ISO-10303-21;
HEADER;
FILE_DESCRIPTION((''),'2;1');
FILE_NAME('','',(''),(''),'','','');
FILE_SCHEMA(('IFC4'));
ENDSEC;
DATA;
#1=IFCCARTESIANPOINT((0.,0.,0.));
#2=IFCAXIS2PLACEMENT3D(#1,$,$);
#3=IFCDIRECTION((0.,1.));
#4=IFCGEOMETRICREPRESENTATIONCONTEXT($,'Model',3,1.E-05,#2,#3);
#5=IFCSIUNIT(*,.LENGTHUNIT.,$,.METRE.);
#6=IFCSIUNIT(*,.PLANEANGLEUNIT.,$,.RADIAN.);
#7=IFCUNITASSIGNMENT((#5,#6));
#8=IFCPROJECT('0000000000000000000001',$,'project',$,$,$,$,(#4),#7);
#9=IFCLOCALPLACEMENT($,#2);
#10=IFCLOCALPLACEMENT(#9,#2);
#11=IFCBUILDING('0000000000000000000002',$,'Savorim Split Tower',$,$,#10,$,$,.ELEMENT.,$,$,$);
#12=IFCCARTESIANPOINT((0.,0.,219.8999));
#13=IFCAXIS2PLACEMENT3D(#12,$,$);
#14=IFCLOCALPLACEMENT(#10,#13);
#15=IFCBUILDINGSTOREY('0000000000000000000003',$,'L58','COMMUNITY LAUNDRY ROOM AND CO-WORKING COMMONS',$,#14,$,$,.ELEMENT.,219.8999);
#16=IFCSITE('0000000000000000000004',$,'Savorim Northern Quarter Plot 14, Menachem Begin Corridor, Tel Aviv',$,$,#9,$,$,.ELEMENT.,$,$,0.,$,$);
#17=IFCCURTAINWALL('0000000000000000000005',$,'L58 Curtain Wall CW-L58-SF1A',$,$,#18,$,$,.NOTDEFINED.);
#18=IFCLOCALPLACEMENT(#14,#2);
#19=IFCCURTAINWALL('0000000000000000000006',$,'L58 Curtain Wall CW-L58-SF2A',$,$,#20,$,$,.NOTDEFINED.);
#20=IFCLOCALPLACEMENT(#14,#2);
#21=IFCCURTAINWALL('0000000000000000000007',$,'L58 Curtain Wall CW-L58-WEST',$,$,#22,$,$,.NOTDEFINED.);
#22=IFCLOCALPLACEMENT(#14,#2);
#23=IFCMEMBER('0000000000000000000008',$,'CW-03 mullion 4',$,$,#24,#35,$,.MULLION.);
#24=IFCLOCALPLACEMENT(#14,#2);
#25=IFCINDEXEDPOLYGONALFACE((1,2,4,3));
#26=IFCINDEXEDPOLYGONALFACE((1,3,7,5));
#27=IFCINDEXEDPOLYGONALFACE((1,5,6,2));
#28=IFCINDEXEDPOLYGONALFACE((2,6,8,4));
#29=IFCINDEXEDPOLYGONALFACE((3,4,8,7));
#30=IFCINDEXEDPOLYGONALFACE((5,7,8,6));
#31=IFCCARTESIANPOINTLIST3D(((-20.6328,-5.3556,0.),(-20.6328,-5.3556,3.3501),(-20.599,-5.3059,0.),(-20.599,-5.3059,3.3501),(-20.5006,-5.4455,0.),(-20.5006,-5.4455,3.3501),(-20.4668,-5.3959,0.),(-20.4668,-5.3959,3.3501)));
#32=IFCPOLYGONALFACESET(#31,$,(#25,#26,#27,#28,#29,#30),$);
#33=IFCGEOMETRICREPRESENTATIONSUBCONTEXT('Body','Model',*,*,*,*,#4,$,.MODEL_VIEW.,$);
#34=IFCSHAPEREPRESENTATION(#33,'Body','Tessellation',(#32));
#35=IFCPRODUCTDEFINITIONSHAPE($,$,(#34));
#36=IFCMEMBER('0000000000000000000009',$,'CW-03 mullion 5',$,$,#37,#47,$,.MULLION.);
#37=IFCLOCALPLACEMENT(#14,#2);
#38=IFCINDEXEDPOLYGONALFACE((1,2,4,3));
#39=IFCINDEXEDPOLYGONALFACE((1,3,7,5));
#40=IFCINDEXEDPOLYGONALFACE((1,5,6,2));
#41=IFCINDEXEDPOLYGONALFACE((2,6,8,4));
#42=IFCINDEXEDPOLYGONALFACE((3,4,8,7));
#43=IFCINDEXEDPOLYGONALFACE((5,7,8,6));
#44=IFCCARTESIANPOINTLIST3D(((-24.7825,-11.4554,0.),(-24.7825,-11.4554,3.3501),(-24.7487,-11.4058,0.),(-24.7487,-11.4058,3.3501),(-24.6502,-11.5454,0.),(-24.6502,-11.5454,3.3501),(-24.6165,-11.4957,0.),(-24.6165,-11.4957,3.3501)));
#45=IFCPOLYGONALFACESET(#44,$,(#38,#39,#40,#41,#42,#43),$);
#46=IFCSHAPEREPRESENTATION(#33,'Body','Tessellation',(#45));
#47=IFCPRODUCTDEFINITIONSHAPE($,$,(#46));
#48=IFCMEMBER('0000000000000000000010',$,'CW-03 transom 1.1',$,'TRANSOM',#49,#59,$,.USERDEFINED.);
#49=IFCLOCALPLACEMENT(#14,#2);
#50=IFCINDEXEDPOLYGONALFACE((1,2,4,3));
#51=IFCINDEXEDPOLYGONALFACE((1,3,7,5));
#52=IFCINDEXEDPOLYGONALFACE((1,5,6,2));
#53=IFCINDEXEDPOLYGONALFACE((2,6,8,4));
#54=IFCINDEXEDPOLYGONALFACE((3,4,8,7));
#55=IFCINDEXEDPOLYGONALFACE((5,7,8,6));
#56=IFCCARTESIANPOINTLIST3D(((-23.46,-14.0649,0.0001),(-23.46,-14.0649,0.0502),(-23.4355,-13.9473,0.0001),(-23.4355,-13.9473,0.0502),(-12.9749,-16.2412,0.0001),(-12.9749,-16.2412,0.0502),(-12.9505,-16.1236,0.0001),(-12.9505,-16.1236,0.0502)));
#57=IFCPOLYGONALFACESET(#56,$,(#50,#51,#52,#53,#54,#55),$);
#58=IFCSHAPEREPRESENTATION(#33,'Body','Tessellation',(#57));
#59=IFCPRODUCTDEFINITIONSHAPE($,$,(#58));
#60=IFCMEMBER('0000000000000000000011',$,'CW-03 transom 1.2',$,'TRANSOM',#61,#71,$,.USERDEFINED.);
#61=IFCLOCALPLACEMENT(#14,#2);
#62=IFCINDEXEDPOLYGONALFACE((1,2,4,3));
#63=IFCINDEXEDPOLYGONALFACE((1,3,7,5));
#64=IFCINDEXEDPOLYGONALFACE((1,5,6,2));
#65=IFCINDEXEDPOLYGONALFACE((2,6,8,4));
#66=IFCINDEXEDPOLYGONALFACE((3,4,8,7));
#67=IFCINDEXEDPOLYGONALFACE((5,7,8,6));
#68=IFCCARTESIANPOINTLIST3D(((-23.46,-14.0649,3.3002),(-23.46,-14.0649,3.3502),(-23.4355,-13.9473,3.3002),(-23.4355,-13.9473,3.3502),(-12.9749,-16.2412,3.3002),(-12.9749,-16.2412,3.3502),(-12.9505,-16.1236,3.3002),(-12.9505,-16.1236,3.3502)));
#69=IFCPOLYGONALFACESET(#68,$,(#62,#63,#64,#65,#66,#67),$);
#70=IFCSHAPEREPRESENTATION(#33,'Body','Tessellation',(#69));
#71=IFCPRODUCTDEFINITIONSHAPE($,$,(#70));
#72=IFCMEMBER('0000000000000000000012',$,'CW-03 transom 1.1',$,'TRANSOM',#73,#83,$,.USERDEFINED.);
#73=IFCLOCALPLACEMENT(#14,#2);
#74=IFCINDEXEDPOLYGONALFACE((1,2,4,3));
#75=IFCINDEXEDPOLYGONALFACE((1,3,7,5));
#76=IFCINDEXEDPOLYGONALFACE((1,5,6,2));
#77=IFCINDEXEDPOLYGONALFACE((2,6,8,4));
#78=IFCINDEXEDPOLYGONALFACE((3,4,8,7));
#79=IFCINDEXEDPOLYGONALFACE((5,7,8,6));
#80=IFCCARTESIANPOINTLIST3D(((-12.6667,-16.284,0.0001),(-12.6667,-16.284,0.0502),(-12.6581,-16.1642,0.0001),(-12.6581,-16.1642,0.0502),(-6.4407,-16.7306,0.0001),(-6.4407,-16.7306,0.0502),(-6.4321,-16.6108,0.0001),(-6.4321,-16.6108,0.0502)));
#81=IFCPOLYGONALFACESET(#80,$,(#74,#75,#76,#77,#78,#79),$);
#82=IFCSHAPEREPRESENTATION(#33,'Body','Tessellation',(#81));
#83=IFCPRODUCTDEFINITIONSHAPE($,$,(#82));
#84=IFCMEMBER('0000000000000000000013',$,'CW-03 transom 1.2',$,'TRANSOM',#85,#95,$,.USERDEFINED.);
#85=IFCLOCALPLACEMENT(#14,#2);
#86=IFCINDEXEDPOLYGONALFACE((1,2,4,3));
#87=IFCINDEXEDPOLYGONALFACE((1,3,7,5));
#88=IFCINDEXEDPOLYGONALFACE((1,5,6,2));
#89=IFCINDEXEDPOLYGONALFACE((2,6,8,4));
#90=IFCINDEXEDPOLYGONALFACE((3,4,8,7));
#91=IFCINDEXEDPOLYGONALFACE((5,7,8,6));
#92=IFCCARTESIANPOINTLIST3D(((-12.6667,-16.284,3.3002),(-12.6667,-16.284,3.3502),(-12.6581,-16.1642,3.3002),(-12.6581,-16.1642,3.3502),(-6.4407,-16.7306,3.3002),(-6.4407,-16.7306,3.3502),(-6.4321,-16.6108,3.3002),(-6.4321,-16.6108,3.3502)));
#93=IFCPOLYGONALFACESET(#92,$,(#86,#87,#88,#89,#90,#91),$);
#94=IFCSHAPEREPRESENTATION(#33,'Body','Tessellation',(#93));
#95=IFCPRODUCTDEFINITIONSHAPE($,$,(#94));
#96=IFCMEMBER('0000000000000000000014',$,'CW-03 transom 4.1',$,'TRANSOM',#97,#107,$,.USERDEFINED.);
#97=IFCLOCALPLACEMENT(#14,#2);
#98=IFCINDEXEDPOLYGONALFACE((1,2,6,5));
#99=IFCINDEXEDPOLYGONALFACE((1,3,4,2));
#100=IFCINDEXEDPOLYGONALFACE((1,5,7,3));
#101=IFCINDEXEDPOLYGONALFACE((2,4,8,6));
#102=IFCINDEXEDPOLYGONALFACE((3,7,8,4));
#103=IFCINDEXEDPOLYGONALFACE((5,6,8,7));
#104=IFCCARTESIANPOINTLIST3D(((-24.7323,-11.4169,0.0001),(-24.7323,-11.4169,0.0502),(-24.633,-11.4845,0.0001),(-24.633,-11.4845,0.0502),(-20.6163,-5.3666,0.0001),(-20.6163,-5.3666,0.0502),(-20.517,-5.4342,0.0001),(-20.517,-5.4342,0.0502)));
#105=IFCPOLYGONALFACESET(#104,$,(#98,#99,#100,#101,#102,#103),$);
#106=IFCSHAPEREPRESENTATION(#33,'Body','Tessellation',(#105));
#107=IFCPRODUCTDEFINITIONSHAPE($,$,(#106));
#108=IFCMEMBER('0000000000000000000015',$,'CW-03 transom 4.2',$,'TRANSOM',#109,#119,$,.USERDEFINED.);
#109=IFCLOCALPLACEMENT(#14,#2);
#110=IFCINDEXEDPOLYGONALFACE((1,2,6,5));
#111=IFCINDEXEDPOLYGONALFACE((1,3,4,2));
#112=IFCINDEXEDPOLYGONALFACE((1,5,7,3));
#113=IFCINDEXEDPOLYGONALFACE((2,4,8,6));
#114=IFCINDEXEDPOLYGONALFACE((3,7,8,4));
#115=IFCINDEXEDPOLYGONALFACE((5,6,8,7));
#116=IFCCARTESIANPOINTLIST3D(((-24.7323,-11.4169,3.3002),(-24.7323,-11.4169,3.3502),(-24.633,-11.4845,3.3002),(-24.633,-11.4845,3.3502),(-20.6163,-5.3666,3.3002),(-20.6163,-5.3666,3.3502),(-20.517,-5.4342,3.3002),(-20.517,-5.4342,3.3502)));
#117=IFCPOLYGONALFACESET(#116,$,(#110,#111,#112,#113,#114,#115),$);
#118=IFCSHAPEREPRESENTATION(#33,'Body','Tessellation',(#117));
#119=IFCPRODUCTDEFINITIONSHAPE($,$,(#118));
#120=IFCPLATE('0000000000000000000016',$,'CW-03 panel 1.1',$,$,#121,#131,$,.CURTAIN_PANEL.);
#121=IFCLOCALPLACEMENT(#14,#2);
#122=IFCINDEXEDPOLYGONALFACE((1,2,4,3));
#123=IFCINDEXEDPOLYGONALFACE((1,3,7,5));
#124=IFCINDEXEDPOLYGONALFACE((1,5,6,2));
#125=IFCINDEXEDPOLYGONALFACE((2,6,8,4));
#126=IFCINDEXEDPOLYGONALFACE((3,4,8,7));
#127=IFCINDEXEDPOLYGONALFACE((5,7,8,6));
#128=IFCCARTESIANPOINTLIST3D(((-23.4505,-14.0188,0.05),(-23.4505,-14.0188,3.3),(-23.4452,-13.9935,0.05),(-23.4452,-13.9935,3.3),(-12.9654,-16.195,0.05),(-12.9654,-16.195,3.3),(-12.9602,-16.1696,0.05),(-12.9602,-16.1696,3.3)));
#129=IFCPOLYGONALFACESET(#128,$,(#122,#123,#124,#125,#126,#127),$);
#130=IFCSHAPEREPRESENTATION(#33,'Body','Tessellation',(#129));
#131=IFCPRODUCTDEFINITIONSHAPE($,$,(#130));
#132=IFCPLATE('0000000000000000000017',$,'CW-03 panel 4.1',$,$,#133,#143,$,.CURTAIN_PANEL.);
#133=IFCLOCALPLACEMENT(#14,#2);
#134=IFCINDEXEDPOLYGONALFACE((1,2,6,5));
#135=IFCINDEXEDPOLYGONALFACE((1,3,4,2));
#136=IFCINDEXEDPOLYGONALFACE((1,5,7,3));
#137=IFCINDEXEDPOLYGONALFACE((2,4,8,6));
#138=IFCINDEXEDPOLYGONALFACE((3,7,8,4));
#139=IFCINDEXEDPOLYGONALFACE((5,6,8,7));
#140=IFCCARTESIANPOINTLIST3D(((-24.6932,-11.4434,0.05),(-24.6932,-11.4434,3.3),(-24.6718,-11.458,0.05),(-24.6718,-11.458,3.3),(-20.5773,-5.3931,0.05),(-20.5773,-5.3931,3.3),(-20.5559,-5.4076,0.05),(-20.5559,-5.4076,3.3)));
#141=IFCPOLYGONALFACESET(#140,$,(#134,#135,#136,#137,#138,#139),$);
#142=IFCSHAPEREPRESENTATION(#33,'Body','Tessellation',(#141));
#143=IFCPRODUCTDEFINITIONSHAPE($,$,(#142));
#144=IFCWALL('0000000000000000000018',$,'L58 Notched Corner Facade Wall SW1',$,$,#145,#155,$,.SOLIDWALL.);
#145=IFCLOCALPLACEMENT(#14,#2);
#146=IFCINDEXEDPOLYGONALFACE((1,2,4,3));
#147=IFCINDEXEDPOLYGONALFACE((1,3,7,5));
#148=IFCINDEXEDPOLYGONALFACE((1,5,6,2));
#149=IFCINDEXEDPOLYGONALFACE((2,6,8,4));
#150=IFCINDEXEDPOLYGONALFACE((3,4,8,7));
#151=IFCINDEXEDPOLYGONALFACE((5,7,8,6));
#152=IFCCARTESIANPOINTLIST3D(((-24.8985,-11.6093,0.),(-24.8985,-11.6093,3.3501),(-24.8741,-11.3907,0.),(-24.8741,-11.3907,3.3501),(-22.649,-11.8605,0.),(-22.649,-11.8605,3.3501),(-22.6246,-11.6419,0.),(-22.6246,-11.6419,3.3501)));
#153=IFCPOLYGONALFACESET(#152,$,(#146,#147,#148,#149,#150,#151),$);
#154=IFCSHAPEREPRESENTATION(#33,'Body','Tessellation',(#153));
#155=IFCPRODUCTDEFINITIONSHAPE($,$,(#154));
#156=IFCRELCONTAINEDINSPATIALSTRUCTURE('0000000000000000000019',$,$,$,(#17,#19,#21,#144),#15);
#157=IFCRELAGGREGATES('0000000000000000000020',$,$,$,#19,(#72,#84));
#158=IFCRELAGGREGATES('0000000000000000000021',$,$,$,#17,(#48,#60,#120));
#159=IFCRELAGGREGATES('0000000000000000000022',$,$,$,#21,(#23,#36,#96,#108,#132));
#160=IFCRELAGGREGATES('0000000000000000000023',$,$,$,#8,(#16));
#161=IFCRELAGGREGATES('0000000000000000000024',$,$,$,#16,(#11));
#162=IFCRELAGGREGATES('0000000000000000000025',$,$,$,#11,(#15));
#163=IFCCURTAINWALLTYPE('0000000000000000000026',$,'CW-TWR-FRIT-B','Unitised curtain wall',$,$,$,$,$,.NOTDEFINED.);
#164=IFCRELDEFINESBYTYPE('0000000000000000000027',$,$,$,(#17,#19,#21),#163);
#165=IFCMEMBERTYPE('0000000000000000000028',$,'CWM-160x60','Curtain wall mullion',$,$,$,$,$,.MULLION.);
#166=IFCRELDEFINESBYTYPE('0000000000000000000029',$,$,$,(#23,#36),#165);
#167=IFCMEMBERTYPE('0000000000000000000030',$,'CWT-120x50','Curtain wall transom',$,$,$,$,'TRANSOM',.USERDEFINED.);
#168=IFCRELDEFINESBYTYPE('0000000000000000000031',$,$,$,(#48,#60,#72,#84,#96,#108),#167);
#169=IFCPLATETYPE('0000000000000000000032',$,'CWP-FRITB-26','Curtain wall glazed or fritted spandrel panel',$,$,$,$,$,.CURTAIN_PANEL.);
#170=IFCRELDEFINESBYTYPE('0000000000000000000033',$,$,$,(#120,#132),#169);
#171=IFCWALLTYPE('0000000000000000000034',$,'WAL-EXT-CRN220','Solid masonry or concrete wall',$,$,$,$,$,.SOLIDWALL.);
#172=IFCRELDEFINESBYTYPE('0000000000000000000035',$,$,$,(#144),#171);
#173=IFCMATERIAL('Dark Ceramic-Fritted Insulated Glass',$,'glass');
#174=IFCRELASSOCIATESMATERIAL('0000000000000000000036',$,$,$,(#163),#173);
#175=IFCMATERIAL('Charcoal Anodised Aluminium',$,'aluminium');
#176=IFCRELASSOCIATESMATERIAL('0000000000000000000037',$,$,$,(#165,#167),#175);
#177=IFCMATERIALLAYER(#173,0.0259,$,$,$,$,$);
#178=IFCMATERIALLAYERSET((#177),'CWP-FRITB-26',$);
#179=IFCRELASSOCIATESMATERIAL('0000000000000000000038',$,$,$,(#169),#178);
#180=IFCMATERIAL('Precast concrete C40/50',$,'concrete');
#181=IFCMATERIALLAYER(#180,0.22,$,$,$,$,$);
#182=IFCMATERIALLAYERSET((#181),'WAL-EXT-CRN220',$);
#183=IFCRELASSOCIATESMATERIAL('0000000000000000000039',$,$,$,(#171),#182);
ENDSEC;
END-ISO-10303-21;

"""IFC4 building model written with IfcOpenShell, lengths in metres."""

from ifc_helpers import new_model, si_unit, direction, frame, frame_2d, origin, origin_2d, place, context, subcontext, project, spatial, rectangle, extrude, material, layer, layer_set, material_profile, profile_set, type_object, element, aggregate, save


model = new_model("IFC4")

# Units and contexts
model_context = context("Model", 3, precision=1e-05, world=origin(), true_north=direction((0.0, 1.0)))
body_context = subcontext(model_context, "Body", "Model", "MODEL_VIEW")
ifc_project = project(units=[si_unit("LENGTHUNIT", "METRE"), si_unit("PLANEANGLEUNIT", "RADIAN")], contexts=[model_context])

# Site, building, storey
site_placement = place(None, origin())
site = spatial("IfcSite", under=ifc_project, at=site_placement, Name="Savorim Northern Quarter Plot 14, Menachem Begin Corridor, Tel Aviv", CompositionType="ELEMENT", RefElevation=0.0)
building_placement = place(site_placement, origin())
building = spatial("IfcBuilding", under=site, at=building_placement, Name="Savorim Split Tower", CompositionType="ELEMENT")
storey_placement = place(building_placement, frame((0.0, 0.0, 219.8999)))
storey = spatial("IfcBuildingStorey", under=building, at=storey_placement, Name="L58", Description="COMMUNITY LAUNDRY ROOM AND CO-WORKING COMMONS", CompositionType="ELEMENT", Elevation=219.8999)

# Curtain wall
ifc_material_1 = material(Name="Dark Ceramic-Fritted Insulated Glass", Category="glass")
curtain_wall_type = type_object("IfcCurtainWallType", Name="CW-TWR-FRIT-B", Description="Unitised curtain wall", PredefinedType="NOTDEFINED", material=ifc_material_1)
curtain_wall_1_placement = place(storey_placement, origin())
curtain_wall_1 = element("IfcCurtainWall", 1, at=curtain_wall_1_placement, inside=storey, type_object=curtain_wall_type, Name="L58 Curtain Wall CW-L58-SF1A", PredefinedType="NOTDEFINED")
ifc_material_2 = material(Name="Charcoal Anodised Aluminium", Category="aluminium")
ifc_material_profile_1 = material_profile(ifc_material_2, rectangle(XDim=0.1599, YDim=0.0601, at=origin_2d()), Name="ALU-M 160x60")
ifc_profile_set_1 = profile_set([ifc_material_profile_1], Name="Charcoal Anodised Aluminium")
member_type_1 = type_object("IfcMemberType", Name="CWM-160x60", Description="Curtain wall mullion", PredefinedType="MULLION", material=ifc_profile_set_1)

# Curtain wall
curtain_wall_2_placement = place(storey_placement, origin())
curtain_wall_2 = element("IfcCurtainWall", 2, at=curtain_wall_2_placement, inside=storey, type_object=curtain_wall_type, Name="L58 Curtain Wall CW-L58-SF2A", PredefinedType="NOTDEFINED")

# Curtain wall, members
curtain_wall_3_placement = place(storey_placement, origin())
curtain_wall_3 = element("IfcCurtainWall", 3, at=curtain_wall_3_placement, inside=storey, type_object=curtain_wall_type, Name="L58 Curtain Wall CW-L58-WEST", PredefinedType="NOTDEFINED")
member_1_placement = place(storey_placement, frame((-20.5498, -5.3757, 0.0), z_axis=(0.0, 0.0, 1.0), x_axis=(0.82682, -0.562467, 0.0)))
member_1 = element("IfcMember", 4, at=member_1_placement, type_object=member_type_1, Name="CW-03 mullion 4", PredefinedType="MULLION", context=body_context, shape_type="SweptSolid", body=[
    extrude(rectangle(XDim=0.1599, YDim=0.0601, at=origin_2d()), origin(), (0.0, 0.0, 1.0), 3.3501),
])
member_2_placement = place(storey_placement, frame((-24.6995, -11.4756, 0.0), z_axis=(0.0, 0.0, 1.0), x_axis=(0.82682, -0.562467, 0.0)))
member_2 = element("IfcMember", 5, at=member_2_placement, type_object=member_type_1, Name="CW-03 mullion 5", PredefinedType="MULLION", context=body_context, shape_type="SweptSolid", body=[
    extrude(rectangle(XDim=0.1599, YDim=0.0601, at=origin_2d()), origin(), (0.0, 0.0, 1.0), 3.3501),
])

# Members
ifc_material_profile_2 = material_profile(ifc_material_2, rectangle(XDim=0.1201, YDim=0.05, at=origin_2d()), Name="ALU-T 120x50")
ifc_profile_set_2 = profile_set([ifc_material_profile_2], Name="Charcoal Anodised Aluminium")
member_type_2 = type_object("IfcMemberType", Name="CWT-120x50", Description="Curtain wall transom", ElementType="TRANSOM", PredefinedType="USERDEFINED", material=ifc_profile_set_2)
member_3_placement = place(storey_placement, frame((-23.4478, -14.0061, 0.0251), z_axis=(0.979132, -0.203227, 0.0), x_axis=(0.203227, 0.979132, 0.0)))
member_3 = element("IfcMember", 6, at=member_3_placement, type_object=member_type_2, Name="CW-03 transom 1.1", ObjectType="TRANSOM", PredefinedType="USERDEFINED", context=body_context, shape_type="SweptSolid", body=[
    extrude(rectangle(XDim=0.1201, YDim=0.05, at=origin_2d()), origin(), (0.0, 0.0, 1.0), 10.7085),
])
member_4_placement = place(storey_placement, frame((-23.4478, -14.0061, 3.3252), z_axis=(0.979132, -0.203227, 0.0), x_axis=(0.203227, 0.979132, 0.0)))
member_4 = element("IfcMember", 7, at=member_4_placement, type_object=member_type_2, Name="CW-03 transom 1.2", ObjectType="TRANSOM", PredefinedType="USERDEFINED", context=body_context, shape_type="SweptSolid", body=[
    extrude(rectangle(XDim=0.1201, YDim=0.05, at=origin_2d()), origin(), (0.0, 0.0, 1.0), 10.7085),
])
member_5_placement = place(storey_placement, frame((-12.6624, -16.2241, 0.0251), z_axis=(0.997438, -0.071539, 0.0), x_axis=(0.071539, 0.997438, 0.0)))
member_5 = element("IfcMember", 8, at=member_5_placement, type_object=member_type_2, Name="CW-03 transom 1.1", ObjectType="TRANSOM", PredefinedType="USERDEFINED", context=body_context, shape_type="SweptSolid", body=[
    extrude(rectangle(XDim=0.1201, YDim=0.05, at=origin_2d()), origin(), (0.0, 0.0, 1.0), 6.2419),
])
member_6_placement = place(storey_placement, frame((-12.6624, -16.2241, 3.3252), z_axis=(0.997438, -0.071539, 0.0), x_axis=(0.071539, 0.997438, 0.0)))
member_6 = element("IfcMember", 9, at=member_6_placement, type_object=member_type_2, Name="CW-03 transom 1.2", ObjectType="TRANSOM", PredefinedType="USERDEFINED", context=body_context, shape_type="SweptSolid", body=[
    extrude(rectangle(XDim=0.1201, YDim=0.05, at=origin_2d()), origin(), (0.0, 0.0, 1.0), 6.2419),
])
aggregate(curtain_wall_2, [member_5, member_6])
member_7_placement = place(storey_placement, frame((-20.5667, -5.4004, 0.0251), z_axis=(-0.562475, -0.826814, 0.0), x_axis=(0.826814, -0.562475, 0.0)))
member_7 = element("IfcMember", 10, at=member_7_placement, type_object=member_type_2, Name="CW-03 transom 4.1", ObjectType="TRANSOM", PredefinedType="USERDEFINED", context=body_context, shape_type="SweptSolid", body=[
    extrude(rectangle(XDim=0.1201, YDim=0.05, at=origin_2d()), origin(), (0.0, 0.0, 1.0), 7.3176),
])
member_8_placement = place(storey_placement, frame((-20.5667, -5.4004, 3.3252), z_axis=(-0.562475, -0.826814, 0.0), x_axis=(0.826814, -0.562475, 0.0)))
member_8 = element("IfcMember", 11, at=member_8_placement, type_object=member_type_2, Name="CW-03 transom 4.2", ObjectType="TRANSOM", PredefinedType="USERDEFINED", context=body_context, shape_type="SweptSolid", body=[
    extrude(rectangle(XDim=0.1201, YDim=0.05, at=origin_2d()), origin(), (0.0, 0.0, 1.0), 7.3176),
])

# Plates
ifc_layer_1 = layer(ifc_material_1, 0.0259)
ifc_layer_set_1 = layer_set([ifc_layer_1], Name="CWP-FRITB-26")
plate_type = type_object("IfcPlateType", Name="CWP-FRITB-26", Description="Curtain wall glazed or fritted spandrel panel", PredefinedType="CURTAIN_PANEL", material=ifc_layer_set_1)
plate_1_placement = place(storey_placement, frame((-18.2053, -15.0942, 0.05), z_axis=(0.0, 0.0, 1.0), x_axis=(0.979134, -0.203215, 0.0)))
plate_1 = element("IfcPlate", 12, at=plate_1_placement, type_object=plate_type, Name="CW-03 panel 1.1", PredefinedType="CURTAIN_PANEL", context=body_context, shape_type="SweptSolid", body=[
    extrude(rectangle(XDim=10.7085, YDim=0.0259, at=origin_2d()), origin(), (0.0, 0.0, 1.0), 3.25),
])
aggregate(curtain_wall_1, [member_3, member_4, plate_1])
plate_2_placement = place(storey_placement, frame((-22.6245, -8.4255, 0.05), z_axis=(0.0, 0.0, 1.0), x_axis=(-0.562467, -0.82682, 0.0)))
plate_2 = element("IfcPlate", 13, at=plate_2_placement, type_object=plate_type, Name="CW-03 panel 4.1", PredefinedType="CURTAIN_PANEL", context=body_context, shape_type="SweptSolid", body=[
    extrude(rectangle(XDim=7.3176, YDim=0.0259, at=origin_2d()), origin(), (0.0, 0.0, 1.0), 3.25),
])
aggregate(curtain_wall_3, [member_1, member_2, member_7, member_8, plate_2])

# Wall
ifc_material_3 = material(Name="Precast concrete C40/50", Category="concrete")
ifc_layer_2 = layer(ifc_material_3, 0.22)
ifc_layer_set_2 = layer_set([ifc_layer_2], Name="WAL-EXT-CRN220")
wall_type = type_object("IfcWallType", Name="WAL-EXT-CRN220", Description="Solid masonry or concrete wall", PredefinedType="SOLIDWALL", material=ifc_layer_set_2)
wall_1_placement = place(storey_placement, frame((-22.6367, -11.7512, 0.0), z_axis=(0.0, 0.0, 1.0), x_axis=(-0.993822, 0.110988, 0.0)))
element("IfcWall", 14, at=wall_1_placement, inside=storey, type_object=wall_type, Name="L58 Notched Corner Facade Wall SW1", PredefinedType="SOLIDWALL", context=body_context, shape_type="SweptSolid", body=[
    extrude(rectangle(XDim=2.2634, YDim=0.22, at=frame_2d((1.1318, 0.0))), origin(), (0.0, 0.0, 1.0), 3.3501),
])

save(model, "model.ifc")
